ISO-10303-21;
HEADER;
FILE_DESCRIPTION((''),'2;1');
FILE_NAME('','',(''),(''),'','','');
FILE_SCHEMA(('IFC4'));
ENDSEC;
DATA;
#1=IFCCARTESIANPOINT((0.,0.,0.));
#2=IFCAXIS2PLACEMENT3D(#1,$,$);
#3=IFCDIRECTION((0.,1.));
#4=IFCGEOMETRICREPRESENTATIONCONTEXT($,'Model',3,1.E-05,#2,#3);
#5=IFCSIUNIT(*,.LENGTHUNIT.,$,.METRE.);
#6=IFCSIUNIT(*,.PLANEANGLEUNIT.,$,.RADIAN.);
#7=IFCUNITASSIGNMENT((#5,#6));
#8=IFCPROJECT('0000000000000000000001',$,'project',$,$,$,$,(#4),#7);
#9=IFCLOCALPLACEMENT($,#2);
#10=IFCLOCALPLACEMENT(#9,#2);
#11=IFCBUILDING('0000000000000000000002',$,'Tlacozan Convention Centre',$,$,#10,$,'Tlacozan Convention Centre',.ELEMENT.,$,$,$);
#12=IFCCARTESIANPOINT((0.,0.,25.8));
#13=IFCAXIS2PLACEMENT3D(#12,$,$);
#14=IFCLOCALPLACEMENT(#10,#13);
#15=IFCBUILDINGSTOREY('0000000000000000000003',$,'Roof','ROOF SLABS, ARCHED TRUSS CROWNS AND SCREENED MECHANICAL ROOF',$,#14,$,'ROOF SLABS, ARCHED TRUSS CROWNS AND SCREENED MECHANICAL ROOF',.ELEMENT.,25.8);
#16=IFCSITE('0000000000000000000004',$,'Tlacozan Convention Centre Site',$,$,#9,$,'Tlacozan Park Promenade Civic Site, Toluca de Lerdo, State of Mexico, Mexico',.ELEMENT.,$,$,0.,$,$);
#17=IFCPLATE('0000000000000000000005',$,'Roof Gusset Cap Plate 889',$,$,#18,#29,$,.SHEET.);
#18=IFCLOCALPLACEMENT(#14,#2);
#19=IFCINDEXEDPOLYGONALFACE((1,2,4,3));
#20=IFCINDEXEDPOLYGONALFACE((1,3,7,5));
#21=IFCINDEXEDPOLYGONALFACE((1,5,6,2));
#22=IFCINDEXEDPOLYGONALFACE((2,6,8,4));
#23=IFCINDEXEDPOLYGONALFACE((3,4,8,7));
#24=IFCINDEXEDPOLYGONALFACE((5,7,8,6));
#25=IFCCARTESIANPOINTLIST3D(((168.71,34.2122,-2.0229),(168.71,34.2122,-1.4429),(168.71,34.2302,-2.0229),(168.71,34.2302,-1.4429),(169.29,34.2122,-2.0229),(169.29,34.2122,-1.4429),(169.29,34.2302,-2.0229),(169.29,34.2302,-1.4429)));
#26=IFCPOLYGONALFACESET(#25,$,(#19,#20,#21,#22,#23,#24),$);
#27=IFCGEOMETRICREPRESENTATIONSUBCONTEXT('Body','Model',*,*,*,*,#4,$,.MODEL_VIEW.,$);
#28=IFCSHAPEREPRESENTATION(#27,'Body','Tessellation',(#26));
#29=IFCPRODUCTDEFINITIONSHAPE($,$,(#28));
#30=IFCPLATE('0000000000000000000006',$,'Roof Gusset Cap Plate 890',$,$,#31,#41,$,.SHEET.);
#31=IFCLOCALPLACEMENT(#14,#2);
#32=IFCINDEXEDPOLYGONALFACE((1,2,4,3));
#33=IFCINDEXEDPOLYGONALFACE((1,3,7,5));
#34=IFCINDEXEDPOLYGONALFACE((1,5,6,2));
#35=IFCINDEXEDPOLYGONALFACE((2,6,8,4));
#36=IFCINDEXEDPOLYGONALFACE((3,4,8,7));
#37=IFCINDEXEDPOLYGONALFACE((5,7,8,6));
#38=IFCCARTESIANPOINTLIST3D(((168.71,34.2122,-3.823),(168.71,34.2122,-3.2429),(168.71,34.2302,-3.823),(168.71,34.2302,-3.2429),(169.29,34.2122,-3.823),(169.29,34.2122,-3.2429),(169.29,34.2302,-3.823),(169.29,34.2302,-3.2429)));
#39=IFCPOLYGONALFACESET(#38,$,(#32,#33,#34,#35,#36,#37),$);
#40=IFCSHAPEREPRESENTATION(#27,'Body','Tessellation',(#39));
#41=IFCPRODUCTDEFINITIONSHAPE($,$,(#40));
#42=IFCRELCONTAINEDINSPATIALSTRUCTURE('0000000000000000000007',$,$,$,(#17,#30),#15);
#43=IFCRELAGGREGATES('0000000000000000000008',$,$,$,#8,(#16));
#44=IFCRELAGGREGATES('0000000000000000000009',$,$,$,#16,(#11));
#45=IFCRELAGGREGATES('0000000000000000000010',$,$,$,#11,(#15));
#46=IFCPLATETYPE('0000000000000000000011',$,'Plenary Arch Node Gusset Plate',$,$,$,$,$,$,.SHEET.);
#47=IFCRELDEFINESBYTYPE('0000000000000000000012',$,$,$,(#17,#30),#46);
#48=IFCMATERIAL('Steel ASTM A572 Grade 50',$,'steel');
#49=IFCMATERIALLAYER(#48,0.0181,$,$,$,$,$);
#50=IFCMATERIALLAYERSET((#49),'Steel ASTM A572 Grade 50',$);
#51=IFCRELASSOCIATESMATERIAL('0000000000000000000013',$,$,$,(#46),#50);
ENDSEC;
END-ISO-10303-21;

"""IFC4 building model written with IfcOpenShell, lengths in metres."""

from ifc_helpers import new_model, si_unit, direction, frame, origin, origin_2d, place, context, subcontext, project, spatial, rectangle, extrude, material, layer, layer_set, type_object, element, save


model = new_model("IFC4")

# Units and contexts
model_context = context("Model", 3, precision=1e-05, world=origin(), true_north=direction((0.0, 1.0)))
body_context = subcontext(model_context, "Body", "Model", "MODEL_VIEW")
ifc_project = project(units=[si_unit("LENGTHUNIT", "METRE"), si_unit("PLANEANGLEUNIT", "RADIAN")], contexts=[model_context])

# Site, building, storey
site_placement = place(None, origin())
site = spatial("IfcSite", under=ifc_project, at=site_placement, Name="Tlacozan Convention Centre Site", LongName="Tlacozan Park Promenade Civic Site, Toluca de Lerdo, State of Mexico, Mexico", CompositionType="ELEMENT", RefElevation=0.0)
building_placement = place(site_placement, origin())
building = spatial("IfcBuilding", under=site, at=building_placement, Name="Tlacozan Convention Centre", LongName="Tlacozan Convention Centre", CompositionType="ELEMENT")
storey_placement = place(building_placement, frame((0.0, 0.0, 25.8)))
storey = spatial("IfcBuildingStorey", under=building, at=storey_placement, Name="Roof", Description="ROOF SLABS, ARCHED TRUSS CROWNS AND SCREENED MECHANICAL ROOF", LongName="ROOF SLABS, ARCHED TRUSS CROWNS AND SCREENED MECHANICAL ROOF", CompositionType="ELEMENT", Elevation=25.8)

# Plates
ifc_material_1 = material(Name="Steel ASTM A572 Grade 50", Category="steel")
ifc_layer = layer(ifc_material_1, 0.0181)
ifc_layer_set = layer_set([ifc_layer], Name="Steel ASTM A572 Grade 50")
plate_type = type_object("IfcPlateType", Name="Plenary Arch Node Gusset Plate", PredefinedType="SHEET", material=ifc_layer_set)
for number, where, z_axis, x_axis, name in (
    (1, (169.0, 34.2212, -2.0229), (0.0, 0.0, 1.0), (0.0, 1.0, 0.0), "Roof Gusset Cap Plate 889"),
    (2, (169.0, 34.2212, -3.823), (0.0, 0.0, 1.0), (0.0, 1.0, 0.0), "Roof Gusset Cap Plate 890"),
):
    element("IfcPlate", number, at=place(storey_placement, frame(where, z_axis=z_axis, x_axis=x_axis)), inside=storey, type_object=plate_type, Name=name, PredefinedType="SHEET", context=body_context, shape_type="SweptSolid", body=[
        extrude(rectangle(XDim=0.0181, YDim=0.5801, at=origin_2d()), origin(), (0.0, 0.0, 1.0), 0.5801),
    ])

save(model, "model.ifc")
